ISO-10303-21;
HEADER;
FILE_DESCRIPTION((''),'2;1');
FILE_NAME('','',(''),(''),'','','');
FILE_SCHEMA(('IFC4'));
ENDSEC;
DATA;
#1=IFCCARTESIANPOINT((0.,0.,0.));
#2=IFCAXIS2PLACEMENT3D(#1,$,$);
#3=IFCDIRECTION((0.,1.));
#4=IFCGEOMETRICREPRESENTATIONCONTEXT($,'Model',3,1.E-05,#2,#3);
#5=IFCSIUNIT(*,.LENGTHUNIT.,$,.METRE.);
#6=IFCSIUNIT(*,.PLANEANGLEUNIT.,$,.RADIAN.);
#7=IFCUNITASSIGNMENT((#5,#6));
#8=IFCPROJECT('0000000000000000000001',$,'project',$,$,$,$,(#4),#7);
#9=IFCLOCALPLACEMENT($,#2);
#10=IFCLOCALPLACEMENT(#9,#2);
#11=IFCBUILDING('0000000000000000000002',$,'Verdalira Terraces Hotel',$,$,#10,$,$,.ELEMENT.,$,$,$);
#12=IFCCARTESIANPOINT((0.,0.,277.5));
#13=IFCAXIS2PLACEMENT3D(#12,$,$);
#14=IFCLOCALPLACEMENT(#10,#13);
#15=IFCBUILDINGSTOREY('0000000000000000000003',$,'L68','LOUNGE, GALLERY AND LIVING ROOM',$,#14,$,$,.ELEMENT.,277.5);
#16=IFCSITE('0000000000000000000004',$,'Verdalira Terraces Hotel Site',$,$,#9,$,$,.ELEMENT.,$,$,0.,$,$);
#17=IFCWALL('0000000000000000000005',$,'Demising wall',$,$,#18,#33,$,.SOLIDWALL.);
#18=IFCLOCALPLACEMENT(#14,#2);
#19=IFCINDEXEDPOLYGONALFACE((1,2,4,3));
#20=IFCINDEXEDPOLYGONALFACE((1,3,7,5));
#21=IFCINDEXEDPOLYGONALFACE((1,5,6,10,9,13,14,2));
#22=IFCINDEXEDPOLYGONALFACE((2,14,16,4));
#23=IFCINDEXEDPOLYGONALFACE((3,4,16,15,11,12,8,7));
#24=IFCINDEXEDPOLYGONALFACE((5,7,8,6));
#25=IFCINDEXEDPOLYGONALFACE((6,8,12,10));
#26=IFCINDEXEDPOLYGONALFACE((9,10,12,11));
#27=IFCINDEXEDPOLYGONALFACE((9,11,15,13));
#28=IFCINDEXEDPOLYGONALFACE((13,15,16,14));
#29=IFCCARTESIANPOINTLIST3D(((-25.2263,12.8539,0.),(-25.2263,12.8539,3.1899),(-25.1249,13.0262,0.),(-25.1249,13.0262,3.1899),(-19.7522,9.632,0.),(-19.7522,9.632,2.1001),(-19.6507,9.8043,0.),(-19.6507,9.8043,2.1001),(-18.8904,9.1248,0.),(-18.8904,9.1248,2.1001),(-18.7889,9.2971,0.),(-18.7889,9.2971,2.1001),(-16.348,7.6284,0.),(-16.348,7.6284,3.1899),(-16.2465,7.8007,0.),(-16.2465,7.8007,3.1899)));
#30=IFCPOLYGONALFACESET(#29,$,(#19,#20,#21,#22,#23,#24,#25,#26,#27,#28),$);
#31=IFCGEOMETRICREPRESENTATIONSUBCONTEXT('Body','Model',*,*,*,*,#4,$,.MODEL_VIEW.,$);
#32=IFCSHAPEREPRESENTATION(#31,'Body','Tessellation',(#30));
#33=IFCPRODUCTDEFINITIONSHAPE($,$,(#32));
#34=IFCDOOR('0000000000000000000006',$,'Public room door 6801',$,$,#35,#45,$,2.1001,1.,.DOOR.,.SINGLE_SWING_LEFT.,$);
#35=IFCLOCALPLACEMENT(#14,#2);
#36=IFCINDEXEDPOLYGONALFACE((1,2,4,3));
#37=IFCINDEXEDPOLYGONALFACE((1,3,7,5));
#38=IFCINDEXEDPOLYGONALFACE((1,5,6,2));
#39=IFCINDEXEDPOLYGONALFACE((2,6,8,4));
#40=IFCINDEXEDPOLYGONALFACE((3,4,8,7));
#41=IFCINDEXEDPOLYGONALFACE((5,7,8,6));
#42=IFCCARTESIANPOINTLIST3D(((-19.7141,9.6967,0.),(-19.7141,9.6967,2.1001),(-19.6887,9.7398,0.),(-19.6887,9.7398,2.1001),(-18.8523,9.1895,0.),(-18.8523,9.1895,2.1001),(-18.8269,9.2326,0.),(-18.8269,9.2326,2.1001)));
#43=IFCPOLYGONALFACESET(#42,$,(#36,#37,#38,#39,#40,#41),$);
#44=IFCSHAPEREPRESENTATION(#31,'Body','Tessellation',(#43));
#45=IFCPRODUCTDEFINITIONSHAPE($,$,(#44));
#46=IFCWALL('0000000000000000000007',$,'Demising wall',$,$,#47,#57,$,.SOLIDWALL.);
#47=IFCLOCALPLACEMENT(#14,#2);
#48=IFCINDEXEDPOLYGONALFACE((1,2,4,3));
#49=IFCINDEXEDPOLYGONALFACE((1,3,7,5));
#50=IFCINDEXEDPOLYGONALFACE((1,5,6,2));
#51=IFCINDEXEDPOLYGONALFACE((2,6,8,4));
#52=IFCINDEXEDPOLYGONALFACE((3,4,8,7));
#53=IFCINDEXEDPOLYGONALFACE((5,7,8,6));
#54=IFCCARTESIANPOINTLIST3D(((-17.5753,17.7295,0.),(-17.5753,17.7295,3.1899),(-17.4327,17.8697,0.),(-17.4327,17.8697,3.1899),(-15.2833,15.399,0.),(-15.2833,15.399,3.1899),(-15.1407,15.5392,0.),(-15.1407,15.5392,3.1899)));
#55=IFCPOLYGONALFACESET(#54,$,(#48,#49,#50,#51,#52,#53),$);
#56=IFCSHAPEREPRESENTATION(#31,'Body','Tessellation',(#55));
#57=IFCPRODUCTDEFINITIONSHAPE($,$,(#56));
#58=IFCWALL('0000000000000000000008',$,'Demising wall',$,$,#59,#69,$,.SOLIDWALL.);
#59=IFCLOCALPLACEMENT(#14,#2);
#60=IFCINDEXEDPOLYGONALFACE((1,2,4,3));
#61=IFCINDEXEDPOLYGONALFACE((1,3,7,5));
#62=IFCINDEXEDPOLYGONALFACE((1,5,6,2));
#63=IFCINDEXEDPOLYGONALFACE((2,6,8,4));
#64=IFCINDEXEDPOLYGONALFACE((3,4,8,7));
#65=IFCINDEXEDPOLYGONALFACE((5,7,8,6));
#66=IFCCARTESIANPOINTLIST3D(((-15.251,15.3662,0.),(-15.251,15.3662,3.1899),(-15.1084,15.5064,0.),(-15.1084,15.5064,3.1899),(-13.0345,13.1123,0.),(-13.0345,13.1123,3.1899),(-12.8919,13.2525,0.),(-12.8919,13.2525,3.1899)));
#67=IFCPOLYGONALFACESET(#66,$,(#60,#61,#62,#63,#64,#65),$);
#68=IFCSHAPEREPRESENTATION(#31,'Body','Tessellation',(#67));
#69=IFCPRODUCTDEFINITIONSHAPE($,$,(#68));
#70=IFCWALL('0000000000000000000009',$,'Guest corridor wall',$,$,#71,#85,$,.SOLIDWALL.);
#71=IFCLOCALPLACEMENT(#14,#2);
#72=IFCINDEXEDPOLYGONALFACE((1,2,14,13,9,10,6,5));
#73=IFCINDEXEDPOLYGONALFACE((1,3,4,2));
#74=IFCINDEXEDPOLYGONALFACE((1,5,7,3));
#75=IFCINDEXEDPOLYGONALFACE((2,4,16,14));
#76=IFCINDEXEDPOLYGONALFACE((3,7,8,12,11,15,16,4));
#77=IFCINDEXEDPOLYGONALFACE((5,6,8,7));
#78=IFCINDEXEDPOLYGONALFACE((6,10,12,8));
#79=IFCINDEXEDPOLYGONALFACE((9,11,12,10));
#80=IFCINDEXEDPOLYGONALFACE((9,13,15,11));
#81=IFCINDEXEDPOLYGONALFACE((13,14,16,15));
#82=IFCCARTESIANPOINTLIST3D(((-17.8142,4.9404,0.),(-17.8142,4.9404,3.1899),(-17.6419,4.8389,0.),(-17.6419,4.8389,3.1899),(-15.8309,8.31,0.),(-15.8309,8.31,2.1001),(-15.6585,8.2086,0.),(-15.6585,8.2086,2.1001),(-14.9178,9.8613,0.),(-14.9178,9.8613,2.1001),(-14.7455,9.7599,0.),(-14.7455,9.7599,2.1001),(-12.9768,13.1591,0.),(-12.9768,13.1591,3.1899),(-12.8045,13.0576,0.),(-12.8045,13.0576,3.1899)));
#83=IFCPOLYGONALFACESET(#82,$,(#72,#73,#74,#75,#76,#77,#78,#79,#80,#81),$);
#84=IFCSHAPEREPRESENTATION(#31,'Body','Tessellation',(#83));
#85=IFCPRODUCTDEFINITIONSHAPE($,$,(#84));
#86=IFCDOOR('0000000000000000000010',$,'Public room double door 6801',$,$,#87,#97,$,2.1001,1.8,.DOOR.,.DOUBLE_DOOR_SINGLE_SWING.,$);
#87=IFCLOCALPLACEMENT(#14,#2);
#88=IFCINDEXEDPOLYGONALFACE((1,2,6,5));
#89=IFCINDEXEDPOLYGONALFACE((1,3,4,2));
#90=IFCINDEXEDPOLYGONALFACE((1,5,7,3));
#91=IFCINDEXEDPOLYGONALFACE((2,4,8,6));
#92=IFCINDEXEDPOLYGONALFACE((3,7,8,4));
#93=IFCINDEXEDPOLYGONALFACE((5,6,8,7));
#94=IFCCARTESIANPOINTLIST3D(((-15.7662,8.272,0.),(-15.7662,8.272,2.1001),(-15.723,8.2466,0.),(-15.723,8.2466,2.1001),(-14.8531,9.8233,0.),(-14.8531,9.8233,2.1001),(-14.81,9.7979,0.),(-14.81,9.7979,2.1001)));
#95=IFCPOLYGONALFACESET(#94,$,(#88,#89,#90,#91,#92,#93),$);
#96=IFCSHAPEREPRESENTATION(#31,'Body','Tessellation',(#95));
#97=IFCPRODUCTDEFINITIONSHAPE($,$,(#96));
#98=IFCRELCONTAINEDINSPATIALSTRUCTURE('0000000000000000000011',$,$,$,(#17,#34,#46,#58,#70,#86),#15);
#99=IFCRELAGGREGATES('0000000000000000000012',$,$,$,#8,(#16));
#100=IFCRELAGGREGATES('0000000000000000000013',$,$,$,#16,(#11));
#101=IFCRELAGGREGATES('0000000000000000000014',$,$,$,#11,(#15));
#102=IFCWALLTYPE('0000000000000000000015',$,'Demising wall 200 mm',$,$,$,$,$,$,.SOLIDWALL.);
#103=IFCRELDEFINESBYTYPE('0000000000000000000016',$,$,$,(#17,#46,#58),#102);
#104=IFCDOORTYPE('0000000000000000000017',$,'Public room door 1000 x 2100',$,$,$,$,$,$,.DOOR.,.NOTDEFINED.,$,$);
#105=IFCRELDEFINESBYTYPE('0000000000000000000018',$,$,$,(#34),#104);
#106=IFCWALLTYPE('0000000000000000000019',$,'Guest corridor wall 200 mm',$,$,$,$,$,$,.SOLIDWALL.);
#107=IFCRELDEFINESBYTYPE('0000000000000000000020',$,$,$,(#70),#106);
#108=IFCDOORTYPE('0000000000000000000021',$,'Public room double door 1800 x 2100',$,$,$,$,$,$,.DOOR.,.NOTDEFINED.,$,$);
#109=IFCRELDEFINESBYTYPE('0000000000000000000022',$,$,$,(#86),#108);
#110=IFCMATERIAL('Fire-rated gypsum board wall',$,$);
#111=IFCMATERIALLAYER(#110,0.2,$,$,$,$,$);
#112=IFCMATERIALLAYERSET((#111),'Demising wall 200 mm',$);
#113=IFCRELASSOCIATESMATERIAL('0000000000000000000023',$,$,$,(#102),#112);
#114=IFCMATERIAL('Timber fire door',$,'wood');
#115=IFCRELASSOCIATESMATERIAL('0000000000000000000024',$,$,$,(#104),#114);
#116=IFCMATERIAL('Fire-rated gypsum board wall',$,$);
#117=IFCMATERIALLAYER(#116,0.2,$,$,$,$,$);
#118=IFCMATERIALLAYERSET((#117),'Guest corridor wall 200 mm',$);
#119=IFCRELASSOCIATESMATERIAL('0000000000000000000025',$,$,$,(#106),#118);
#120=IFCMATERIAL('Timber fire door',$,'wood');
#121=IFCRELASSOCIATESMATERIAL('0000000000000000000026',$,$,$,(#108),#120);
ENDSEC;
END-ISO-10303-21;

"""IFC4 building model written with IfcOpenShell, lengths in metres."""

from ifc_helpers import new_model, si_unit, direction, frame, frame_2d, origin, place, context, subcontext, project, spatial, rectangle, extrude, material, layer, layer_set, type_object, element, fill, save


model = new_model("IFC4")

# Units and contexts
model_context = context("Model", 3, precision=1e-05, world=origin(), true_north=direction((0.0, 1.0)))
body_context = subcontext(model_context, "Body", "Model", "MODEL_VIEW")
ifc_project = project(units=[si_unit("LENGTHUNIT", "METRE"), si_unit("PLANEANGLEUNIT", "RADIAN")], contexts=[model_context])

# Site, building, storey
site_placement = place(None, origin())
site = spatial("IfcSite", under=ifc_project, at=site_placement, Name="Verdalira Terraces Hotel Site", CompositionType="ELEMENT", RefElevation=0.0)
building_placement = place(site_placement, origin())
building = spatial("IfcBuilding", under=site, at=building_placement, Name="Verdalira Terraces Hotel", CompositionType="ELEMENT")
storey_placement = place(building_placement, frame((0.0, 0.0, 277.5)))
storey = spatial("IfcBuildingStorey", under=building, at=storey_placement, Name="L68", Description="LOUNGE, GALLERY AND LIVING ROOM", CompositionType="ELEMENT", Elevation=277.5)

# Wall, opening, door
ifc_material_1 = material(Name="Fire-rated gypsum board wall")
ifc_layer_1 = layer(ifc_material_1, 0.2)
ifc_layer_set_1 = layer_set([ifc_layer_1], Name="Demising wall 200 mm")
wall_type_1 = type_object("IfcWallType", Name="Demising wall 200 mm", PredefinedType="SOLIDWALL", material=ifc_layer_set_1)
wall_1_placement = place(storey_placement, frame((-16.2974, 7.7146, 0.0), z_axis=(0.0, 0.0, 1.0), x_axis=(-0.861807, 0.507236, 0.0)))
wall_1 = element("IfcWall", 1, at=wall_1_placement, inside=storey, type_object=wall_type_1, Name="Demising wall", PredefinedType="SOLIDWALL", context=body_context, shape_type="SweptSolid", body=[
    extrude(rectangle(XDim=10.302, YDim=0.2, at=frame_2d((5.1509, 0.0))), origin(), (0.0, 0.0, 1.0), 3.1899),
])
opening_1_placement = place(wall_1_placement, frame((2.95, 0.0, 0.0)))
opening_1 = element("IfcOpeningElement", 2, at=opening_1_placement, cuts=wall_1, PredefinedType="OPENING", context=body_context, shape_type="SweptSolid", body=[
    extrude(rectangle(XDim=1.0, YDim=2.1001, at=frame_2d((0.5, 1.05))), frame((0.0, 0.1099, 0.0), z_axis=(0.0, -1.0, 0.0), x_axis=(1.0, 0.0, 0.0)), (0.0, 0.0, 1.0), 0.22),
])
ifc_material_2 = material(Name="Timber fire door", Category="wood")
door_type_1 = type_object("IfcDoorType", Name="Public room door 1000 x 2100", OperationType="NOTDEFINED", PredefinedType="DOOR", material=ifc_material_2)
door_1_placement = place(opening_1_placement, origin())
door_1 = element("IfcDoor", 3, at=door_1_placement, inside=storey, type_object=door_type_1, Name="Public room door 6801", OperationType="SINGLE_SWING_LEFT", OverallHeight=2.1001, OverallWidth=1.0, PredefinedType="DOOR", context=body_context, shape_type="SweptSolid", body=[
    extrude(rectangle(XDim=1.0, YDim=2.1001, at=frame_2d((0.5, 1.05))), frame((0.0, 0.0249, 0.0), z_axis=(0.0, -1.0, 0.0), x_axis=(1.0, 0.0, 0.0)), (0.0, 0.0, 1.0), 0.05),
])
fill(opening_1, door_1)

# Walls
wall_2_placement = place(storey_placement, frame((-17.5039, 17.7996, 0.0), z_axis=(0.0, 0.0, 1.0), x_axis=(0.701182, -0.712983, 0.0)))
element("IfcWall", 4, at=wall_2_placement, inside=storey, type_object=wall_type_1, Name="Demising wall", PredefinedType="SOLIDWALL", context=body_context, shape_type="SweptSolid", body=[
    extrude(rectangle(XDim=3.2688, YDim=0.2, at=frame_2d((1.6343, 0.0))), origin(), (0.0, 0.0, 1.0), 3.1899),
])
wall_3_placement = place(storey_placement, frame((-15.1797, 15.4363, 0.0), z_axis=(0.0, 0.0, 1.0), x_axis=(0.701174, -0.71299, 0.0)))
element("IfcWall", 5, at=wall_3_placement, inside=storey, type_object=wall_type_1, Name="Demising wall", PredefinedType="SOLIDWALL", context=body_context, shape_type="SweptSolid", body=[
    extrude(rectangle(XDim=3.1611, YDim=0.2, at=frame_2d((1.5806, 0.0))), origin(), (0.0, 0.0, 1.0), 3.1899),
])

# Wall, opening, door
ifc_material_3 = material(Name="Fire-rated gypsum board wall")
ifc_layer_2 = layer(ifc_material_3, 0.2)
ifc_layer_set_2 = layer_set([ifc_layer_2], Name="Guest corridor wall 200 mm")
wall_type_2 = type_object("IfcWallType", Name="Guest corridor wall 200 mm", PredefinedType="SOLIDWALL", material=ifc_layer_set_2)
wall_4_placement = place(storey_placement, frame((-17.728, 4.8896, 0.0), z_axis=(0.0, 0.0, 1.0), x_axis=(0.507242, 0.861804, 0.0)))
wall_4 = element("IfcWall", 6, at=wall_4_placement, inside=storey, type_object=wall_type_2, Name="Guest corridor wall", PredefinedType="SOLIDWALL", context=body_context, shape_type="SweptSolid", body=[
    extrude(rectangle(XDim=9.5366, YDim=0.2, at=frame_2d((4.7683, 0.0))), origin(), (0.0, 0.0, 1.0), 3.1899),
])
opening_2_placement = place(wall_4_placement, frame((3.9102, 0.0, 0.0)))
opening_2 = element("IfcOpeningElement", 7, at=opening_2_placement, cuts=wall_4, PredefinedType="OPENING", context=body_context, shape_type="SweptSolid", body=[
    extrude(rectangle(XDim=1.8, YDim=2.1001, at=frame_2d((0.8999, 1.05))), frame((0.0, 0.1099, 0.0), z_axis=(0.0, -1.0, 0.0), x_axis=(1.0, 0.0, 0.0)), (0.0, 0.0, 1.0), 0.22),
])
ifc_material_4 = material(Name="Timber fire door", Category="wood")
door_type_2 = type_object("IfcDoorType", Name="Public room double door 1800 x 2100", OperationType="NOTDEFINED", PredefinedType="DOOR", material=ifc_material_4)
door_2_placement = place(opening_2_placement, origin())
door_2 = element("IfcDoor", 8, at=door_2_placement, inside=storey, type_object=door_type_2, Name="Public room double door 6801", OperationType="DOUBLE_DOOR_SINGLE_SWING", OverallHeight=2.1001, OverallWidth=1.8, PredefinedType="DOOR", context=body_context, shape_type="SweptSolid", body=[
    extrude(rectangle(XDim=1.8, YDim=2.1001, at=frame_2d((0.8999, 1.05))), frame((0.0, 0.0249, 0.0), z_axis=(0.0, -1.0, 0.0), x_axis=(1.0, 0.0, 0.0)), (0.0, 0.0, 1.0), 0.05),
])
fill(opening_2, door_2)

save(model, "model.ifc")
